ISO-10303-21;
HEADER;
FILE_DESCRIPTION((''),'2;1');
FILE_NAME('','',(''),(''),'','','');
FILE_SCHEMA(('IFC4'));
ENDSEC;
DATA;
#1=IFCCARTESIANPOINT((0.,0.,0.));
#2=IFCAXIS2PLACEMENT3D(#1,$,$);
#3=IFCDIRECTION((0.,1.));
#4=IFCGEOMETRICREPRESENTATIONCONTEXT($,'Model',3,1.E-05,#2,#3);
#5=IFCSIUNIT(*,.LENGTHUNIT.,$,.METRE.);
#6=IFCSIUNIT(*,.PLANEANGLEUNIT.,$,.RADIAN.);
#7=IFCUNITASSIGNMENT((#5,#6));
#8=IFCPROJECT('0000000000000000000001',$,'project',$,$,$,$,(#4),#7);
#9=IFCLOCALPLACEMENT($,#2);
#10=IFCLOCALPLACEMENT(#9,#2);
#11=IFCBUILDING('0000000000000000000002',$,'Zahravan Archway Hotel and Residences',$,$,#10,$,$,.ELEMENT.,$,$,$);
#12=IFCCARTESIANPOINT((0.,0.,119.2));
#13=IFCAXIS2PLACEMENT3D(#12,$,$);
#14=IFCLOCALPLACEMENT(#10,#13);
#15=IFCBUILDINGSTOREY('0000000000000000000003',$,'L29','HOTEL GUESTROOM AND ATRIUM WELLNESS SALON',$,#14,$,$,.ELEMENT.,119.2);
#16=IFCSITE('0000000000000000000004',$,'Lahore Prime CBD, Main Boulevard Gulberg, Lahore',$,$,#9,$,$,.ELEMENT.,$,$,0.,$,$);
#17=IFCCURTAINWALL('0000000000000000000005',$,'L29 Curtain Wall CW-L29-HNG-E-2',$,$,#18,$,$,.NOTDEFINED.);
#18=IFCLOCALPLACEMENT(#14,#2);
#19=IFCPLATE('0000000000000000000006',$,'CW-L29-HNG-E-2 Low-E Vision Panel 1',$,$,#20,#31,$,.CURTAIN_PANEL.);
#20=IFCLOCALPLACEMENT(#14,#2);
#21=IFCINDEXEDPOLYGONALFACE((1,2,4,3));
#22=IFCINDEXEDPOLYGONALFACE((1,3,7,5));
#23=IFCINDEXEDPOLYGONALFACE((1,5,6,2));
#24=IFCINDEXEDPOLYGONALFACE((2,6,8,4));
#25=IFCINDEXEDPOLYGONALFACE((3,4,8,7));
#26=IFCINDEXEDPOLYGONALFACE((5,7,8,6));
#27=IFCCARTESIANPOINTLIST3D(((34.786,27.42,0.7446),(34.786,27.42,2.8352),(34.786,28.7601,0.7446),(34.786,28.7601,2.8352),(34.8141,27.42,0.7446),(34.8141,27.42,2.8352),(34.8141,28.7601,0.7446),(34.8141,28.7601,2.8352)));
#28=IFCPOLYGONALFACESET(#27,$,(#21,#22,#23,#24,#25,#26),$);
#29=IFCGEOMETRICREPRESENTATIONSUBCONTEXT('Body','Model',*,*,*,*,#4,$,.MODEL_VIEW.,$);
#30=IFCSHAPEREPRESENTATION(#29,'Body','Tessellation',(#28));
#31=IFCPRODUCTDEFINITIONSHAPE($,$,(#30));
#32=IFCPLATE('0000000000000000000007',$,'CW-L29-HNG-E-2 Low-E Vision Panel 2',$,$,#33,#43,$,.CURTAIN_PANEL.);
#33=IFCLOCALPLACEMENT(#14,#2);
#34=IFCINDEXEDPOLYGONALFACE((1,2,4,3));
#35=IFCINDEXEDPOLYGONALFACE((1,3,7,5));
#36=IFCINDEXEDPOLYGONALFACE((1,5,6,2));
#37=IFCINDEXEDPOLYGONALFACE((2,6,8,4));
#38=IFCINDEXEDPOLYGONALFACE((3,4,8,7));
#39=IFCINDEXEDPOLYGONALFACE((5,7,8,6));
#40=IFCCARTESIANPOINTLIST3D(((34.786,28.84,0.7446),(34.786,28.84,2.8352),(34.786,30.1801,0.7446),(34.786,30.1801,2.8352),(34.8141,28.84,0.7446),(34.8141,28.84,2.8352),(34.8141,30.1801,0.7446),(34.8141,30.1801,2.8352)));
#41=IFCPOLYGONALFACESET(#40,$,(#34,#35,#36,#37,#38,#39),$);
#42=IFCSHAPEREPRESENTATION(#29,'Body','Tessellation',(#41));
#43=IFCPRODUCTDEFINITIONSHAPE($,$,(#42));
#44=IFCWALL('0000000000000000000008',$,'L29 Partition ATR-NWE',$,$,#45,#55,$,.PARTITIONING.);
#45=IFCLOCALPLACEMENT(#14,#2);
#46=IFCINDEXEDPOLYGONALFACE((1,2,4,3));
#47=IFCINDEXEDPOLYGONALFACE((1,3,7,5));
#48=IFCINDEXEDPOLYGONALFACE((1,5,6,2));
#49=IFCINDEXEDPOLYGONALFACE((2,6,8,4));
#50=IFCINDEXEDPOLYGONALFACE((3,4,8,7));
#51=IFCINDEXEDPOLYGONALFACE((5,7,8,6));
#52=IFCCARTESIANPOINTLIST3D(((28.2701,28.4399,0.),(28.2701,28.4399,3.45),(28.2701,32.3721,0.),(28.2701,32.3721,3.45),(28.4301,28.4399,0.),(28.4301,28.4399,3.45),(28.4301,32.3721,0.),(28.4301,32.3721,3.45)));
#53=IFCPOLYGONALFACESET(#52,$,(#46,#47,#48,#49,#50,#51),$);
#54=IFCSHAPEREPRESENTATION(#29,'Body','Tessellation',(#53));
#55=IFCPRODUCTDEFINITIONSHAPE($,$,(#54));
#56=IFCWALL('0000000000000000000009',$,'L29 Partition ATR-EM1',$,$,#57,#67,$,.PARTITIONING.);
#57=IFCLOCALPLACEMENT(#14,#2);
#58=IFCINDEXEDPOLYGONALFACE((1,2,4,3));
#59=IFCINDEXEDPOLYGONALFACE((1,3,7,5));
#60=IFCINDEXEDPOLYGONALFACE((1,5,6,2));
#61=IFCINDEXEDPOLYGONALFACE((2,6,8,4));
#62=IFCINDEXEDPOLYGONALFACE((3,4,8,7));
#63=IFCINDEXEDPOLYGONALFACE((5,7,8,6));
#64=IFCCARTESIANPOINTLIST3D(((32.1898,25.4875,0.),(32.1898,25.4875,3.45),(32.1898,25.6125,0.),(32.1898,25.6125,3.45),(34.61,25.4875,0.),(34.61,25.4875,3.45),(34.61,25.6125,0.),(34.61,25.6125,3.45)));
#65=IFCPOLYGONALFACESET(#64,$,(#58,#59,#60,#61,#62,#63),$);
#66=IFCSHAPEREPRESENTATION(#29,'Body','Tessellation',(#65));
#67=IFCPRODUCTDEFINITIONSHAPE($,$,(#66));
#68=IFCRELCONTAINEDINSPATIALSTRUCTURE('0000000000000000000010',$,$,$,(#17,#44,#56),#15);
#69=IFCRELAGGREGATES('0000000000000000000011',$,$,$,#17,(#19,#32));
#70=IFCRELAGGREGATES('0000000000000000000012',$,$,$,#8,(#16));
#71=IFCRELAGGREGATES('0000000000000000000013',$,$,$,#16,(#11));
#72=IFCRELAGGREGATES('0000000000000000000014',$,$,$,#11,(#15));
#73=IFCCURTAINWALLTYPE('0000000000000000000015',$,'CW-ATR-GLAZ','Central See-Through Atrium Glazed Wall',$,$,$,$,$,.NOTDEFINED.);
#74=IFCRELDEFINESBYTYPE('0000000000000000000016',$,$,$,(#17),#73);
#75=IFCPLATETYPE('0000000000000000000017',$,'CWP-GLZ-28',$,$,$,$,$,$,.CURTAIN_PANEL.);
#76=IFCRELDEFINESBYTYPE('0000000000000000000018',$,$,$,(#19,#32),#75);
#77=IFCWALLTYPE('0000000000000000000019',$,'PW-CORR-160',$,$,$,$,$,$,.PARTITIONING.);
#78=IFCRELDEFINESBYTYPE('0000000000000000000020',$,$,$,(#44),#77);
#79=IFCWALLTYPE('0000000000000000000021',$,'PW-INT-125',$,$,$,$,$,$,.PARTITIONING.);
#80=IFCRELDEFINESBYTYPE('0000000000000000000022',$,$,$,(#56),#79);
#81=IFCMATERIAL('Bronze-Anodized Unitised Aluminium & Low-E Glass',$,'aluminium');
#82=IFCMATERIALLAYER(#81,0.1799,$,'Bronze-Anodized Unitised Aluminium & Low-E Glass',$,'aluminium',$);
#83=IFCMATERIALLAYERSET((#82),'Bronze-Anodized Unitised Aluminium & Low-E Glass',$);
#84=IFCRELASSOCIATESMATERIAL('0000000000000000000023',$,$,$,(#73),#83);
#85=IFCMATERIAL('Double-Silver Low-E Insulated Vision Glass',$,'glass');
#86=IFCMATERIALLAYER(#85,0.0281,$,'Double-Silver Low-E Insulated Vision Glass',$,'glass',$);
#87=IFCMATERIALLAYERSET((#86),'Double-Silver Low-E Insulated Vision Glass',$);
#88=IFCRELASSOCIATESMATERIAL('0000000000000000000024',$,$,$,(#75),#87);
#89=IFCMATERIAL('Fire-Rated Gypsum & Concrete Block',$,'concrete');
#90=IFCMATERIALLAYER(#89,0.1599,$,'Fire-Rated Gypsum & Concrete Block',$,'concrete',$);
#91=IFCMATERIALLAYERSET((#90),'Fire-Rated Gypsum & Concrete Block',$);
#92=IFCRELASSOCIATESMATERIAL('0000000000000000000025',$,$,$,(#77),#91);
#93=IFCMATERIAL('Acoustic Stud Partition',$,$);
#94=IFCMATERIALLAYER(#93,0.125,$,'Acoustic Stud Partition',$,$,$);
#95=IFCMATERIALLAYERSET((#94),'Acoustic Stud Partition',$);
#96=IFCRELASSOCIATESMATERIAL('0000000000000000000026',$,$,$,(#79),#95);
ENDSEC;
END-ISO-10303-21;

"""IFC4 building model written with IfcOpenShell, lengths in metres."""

from ifc_helpers import new_model, si_unit, direction, frame, frame_2d, origin, origin_2d, place, context, subcontext, project, spatial, rectangle, extrude, source, transform, mapped, material, layer, layer_set, type_object, element, aggregate, save


model = new_model("IFC4")

# Units and contexts
model_context = context("Model", 3, precision=1e-05, world=origin(), true_north=direction((0.0, 1.0)))
body_context = subcontext(model_context, "Body", "Model", "MODEL_VIEW")
ifc_project = project(units=[si_unit("LENGTHUNIT", "METRE"), si_unit("PLANEANGLEUNIT", "RADIAN")], contexts=[model_context])

# Site, building, storey
site_placement = place(None, origin())
site = spatial("IfcSite", under=ifc_project, at=site_placement, Name="Lahore Prime CBD, Main Boulevard Gulberg, Lahore", CompositionType="ELEMENT", RefElevation=0.0)
building_placement = place(site_placement, origin())
building = spatial("IfcBuilding", under=site, at=building_placement, Name="Zahravan Archway Hotel and Residences", CompositionType="ELEMENT")
storey_placement = place(building_placement, frame((0.0, 0.0, 119.2)))
storey = spatial("IfcBuildingStorey", under=building, at=storey_placement, Name="L29", Description="HOTEL GUESTROOM AND ATRIUM WELLNESS SALON", CompositionType="ELEMENT", Elevation=119.2)

# Curtain wall
ifc_material_1 = material(Name="Bronze-Anodized Unitised Aluminium & Low-E Glass", Category="aluminium")
ifc_layer_1 = layer(ifc_material_1, 0.1799, Name="Bronze-Anodized Unitised Aluminium & Low-E Glass", Category="aluminium")
ifc_layer_set_1 = layer_set([ifc_layer_1], Name="Bronze-Anodized Unitised Aluminium & Low-E Glass")
curtain_wall_type = type_object("IfcCurtainWallType", Name="CW-ATR-GLAZ", Description="Central See-Through Atrium Glazed Wall", PredefinedType="NOTDEFINED", material=ifc_layer_set_1)
curtain_wall_1_placement = place(storey_placement, origin())
curtain_wall_1 = element("IfcCurtainWall", 1, at=curtain_wall_1_placement, inside=storey, type_object=curtain_wall_type, Name="L29 Curtain Wall CW-L29-HNG-E-2", PredefinedType="NOTDEFINED")

# Plates
ifc_material_2 = material(Name="Double-Silver Low-E Insulated Vision Glass", Category="glass")
ifc_layer_2 = layer(ifc_material_2, 0.0281, Name="Double-Silver Low-E Insulated Vision Glass", Category="glass")
ifc_layer_set_2 = layer_set([ifc_layer_2], Name="Double-Silver Low-E Insulated Vision Glass")
plate_type_1 = type_object("IfcPlateType", Name="CWP-GLZ-28", PredefinedType="CURTAIN_PANEL", material=ifc_layer_set_2)
shared_shape_1 = source(origin(), body_context, "Body", "SweptSolid", [
    extrude(rectangle(XDim=1.3401, YDim=0.0281, at=origin_2d()), origin(), (0.0, 0.0, 1.0), 2.0906),
])
plate_1_placement = place(storey_placement, frame((34.8, 28.0901, 0.7446), z_axis=(0.0, 0.0, 1.0), x_axis=(0.0, 1.0, 0.0)))
plate_1 = element("IfcPlate", 2, at=plate_1_placement, type_object=plate_type_1, Name="CW-L29-HNG-E-2 Low-E Vision Panel 1", PredefinedType="CURTAIN_PANEL", context=body_context, shape_type="MappedRepresentation", body=[
    mapped(shared_shape_1, transform((0.0, 0.0, 0.0), scale=1.0)),
])
plate_2_placement = place(storey_placement, frame((34.8, 29.51, 0.7446), z_axis=(0.0, 0.0, 1.0), x_axis=(0.0, 1.0, 0.0)))
plate_2 = element("IfcPlate", 3, at=plate_2_placement, type_object=plate_type_1, Name="CW-L29-HNG-E-2 Low-E Vision Panel 2", PredefinedType="CURTAIN_PANEL", context=body_context, shape_type="MappedRepresentation", body=[
    mapped(shared_shape_1, transform((0.0, 0.0, 0.0), scale=1.0)),
])
aggregate(curtain_wall_1, [plate_1, plate_2])

# Walls
ifc_material_3 = material(Name="Fire-Rated Gypsum & Concrete Block", Category="concrete")
ifc_layer_3 = layer(ifc_material_3, 0.1599, Name="Fire-Rated Gypsum & Concrete Block", Category="concrete")
ifc_layer_set_3 = layer_set([ifc_layer_3], Name="Fire-Rated Gypsum & Concrete Block")
wall_type_1 = type_object("IfcWallType", Name="PW-CORR-160", PredefinedType="PARTITIONING", material=ifc_layer_set_3)
wall_1_placement = place(storey_placement, frame((28.3501, 28.4399, 0.0), z_axis=(0.0, 0.0, 1.0), x_axis=(0.0, 1.0, 0.0)))
element("IfcWall", 4, at=wall_1_placement, inside=storey, type_object=wall_type_1, Name="L29 Partition ATR-NWE", PredefinedType="PARTITIONING", context=body_context, shape_type="SweptSolid", body=[
    extrude(rectangle(XDim=3.9321, YDim=0.1599, at=frame_2d((1.9661, 0.0))), origin(), (0.0, 0.0, 1.0), 3.45),
])
ifc_material_4 = material(Name="Acoustic Stud Partition")
ifc_layer_4 = layer(ifc_material_4, 0.125, Name="Acoustic Stud Partition")
ifc_layer_set_4 = layer_set([ifc_layer_4], Name="Acoustic Stud Partition")
wall_type_2 = type_object("IfcWallType", Name="PW-INT-125", PredefinedType="PARTITIONING", material=ifc_layer_set_4)
wall_2_placement = place(storey_placement, frame((32.1899, 25.55, 0.0), z_axis=(0.0, 0.0, 1.0), x_axis=(1.0, 0.0, 0.0)))
element("IfcWall", 5, at=wall_2_placement, inside=storey, type_object=wall_type_2, Name="L29 Partition ATR-EM1", PredefinedType="PARTITIONING", context=body_context, shape_type="SweptSolid", body=[
    extrude(rectangle(XDim=2.4202, YDim=0.125, at=frame_2d((1.21, 0.0))), origin(), (0.0, 0.0, 1.0), 3.45),
])

save(model, "model.ifc")
